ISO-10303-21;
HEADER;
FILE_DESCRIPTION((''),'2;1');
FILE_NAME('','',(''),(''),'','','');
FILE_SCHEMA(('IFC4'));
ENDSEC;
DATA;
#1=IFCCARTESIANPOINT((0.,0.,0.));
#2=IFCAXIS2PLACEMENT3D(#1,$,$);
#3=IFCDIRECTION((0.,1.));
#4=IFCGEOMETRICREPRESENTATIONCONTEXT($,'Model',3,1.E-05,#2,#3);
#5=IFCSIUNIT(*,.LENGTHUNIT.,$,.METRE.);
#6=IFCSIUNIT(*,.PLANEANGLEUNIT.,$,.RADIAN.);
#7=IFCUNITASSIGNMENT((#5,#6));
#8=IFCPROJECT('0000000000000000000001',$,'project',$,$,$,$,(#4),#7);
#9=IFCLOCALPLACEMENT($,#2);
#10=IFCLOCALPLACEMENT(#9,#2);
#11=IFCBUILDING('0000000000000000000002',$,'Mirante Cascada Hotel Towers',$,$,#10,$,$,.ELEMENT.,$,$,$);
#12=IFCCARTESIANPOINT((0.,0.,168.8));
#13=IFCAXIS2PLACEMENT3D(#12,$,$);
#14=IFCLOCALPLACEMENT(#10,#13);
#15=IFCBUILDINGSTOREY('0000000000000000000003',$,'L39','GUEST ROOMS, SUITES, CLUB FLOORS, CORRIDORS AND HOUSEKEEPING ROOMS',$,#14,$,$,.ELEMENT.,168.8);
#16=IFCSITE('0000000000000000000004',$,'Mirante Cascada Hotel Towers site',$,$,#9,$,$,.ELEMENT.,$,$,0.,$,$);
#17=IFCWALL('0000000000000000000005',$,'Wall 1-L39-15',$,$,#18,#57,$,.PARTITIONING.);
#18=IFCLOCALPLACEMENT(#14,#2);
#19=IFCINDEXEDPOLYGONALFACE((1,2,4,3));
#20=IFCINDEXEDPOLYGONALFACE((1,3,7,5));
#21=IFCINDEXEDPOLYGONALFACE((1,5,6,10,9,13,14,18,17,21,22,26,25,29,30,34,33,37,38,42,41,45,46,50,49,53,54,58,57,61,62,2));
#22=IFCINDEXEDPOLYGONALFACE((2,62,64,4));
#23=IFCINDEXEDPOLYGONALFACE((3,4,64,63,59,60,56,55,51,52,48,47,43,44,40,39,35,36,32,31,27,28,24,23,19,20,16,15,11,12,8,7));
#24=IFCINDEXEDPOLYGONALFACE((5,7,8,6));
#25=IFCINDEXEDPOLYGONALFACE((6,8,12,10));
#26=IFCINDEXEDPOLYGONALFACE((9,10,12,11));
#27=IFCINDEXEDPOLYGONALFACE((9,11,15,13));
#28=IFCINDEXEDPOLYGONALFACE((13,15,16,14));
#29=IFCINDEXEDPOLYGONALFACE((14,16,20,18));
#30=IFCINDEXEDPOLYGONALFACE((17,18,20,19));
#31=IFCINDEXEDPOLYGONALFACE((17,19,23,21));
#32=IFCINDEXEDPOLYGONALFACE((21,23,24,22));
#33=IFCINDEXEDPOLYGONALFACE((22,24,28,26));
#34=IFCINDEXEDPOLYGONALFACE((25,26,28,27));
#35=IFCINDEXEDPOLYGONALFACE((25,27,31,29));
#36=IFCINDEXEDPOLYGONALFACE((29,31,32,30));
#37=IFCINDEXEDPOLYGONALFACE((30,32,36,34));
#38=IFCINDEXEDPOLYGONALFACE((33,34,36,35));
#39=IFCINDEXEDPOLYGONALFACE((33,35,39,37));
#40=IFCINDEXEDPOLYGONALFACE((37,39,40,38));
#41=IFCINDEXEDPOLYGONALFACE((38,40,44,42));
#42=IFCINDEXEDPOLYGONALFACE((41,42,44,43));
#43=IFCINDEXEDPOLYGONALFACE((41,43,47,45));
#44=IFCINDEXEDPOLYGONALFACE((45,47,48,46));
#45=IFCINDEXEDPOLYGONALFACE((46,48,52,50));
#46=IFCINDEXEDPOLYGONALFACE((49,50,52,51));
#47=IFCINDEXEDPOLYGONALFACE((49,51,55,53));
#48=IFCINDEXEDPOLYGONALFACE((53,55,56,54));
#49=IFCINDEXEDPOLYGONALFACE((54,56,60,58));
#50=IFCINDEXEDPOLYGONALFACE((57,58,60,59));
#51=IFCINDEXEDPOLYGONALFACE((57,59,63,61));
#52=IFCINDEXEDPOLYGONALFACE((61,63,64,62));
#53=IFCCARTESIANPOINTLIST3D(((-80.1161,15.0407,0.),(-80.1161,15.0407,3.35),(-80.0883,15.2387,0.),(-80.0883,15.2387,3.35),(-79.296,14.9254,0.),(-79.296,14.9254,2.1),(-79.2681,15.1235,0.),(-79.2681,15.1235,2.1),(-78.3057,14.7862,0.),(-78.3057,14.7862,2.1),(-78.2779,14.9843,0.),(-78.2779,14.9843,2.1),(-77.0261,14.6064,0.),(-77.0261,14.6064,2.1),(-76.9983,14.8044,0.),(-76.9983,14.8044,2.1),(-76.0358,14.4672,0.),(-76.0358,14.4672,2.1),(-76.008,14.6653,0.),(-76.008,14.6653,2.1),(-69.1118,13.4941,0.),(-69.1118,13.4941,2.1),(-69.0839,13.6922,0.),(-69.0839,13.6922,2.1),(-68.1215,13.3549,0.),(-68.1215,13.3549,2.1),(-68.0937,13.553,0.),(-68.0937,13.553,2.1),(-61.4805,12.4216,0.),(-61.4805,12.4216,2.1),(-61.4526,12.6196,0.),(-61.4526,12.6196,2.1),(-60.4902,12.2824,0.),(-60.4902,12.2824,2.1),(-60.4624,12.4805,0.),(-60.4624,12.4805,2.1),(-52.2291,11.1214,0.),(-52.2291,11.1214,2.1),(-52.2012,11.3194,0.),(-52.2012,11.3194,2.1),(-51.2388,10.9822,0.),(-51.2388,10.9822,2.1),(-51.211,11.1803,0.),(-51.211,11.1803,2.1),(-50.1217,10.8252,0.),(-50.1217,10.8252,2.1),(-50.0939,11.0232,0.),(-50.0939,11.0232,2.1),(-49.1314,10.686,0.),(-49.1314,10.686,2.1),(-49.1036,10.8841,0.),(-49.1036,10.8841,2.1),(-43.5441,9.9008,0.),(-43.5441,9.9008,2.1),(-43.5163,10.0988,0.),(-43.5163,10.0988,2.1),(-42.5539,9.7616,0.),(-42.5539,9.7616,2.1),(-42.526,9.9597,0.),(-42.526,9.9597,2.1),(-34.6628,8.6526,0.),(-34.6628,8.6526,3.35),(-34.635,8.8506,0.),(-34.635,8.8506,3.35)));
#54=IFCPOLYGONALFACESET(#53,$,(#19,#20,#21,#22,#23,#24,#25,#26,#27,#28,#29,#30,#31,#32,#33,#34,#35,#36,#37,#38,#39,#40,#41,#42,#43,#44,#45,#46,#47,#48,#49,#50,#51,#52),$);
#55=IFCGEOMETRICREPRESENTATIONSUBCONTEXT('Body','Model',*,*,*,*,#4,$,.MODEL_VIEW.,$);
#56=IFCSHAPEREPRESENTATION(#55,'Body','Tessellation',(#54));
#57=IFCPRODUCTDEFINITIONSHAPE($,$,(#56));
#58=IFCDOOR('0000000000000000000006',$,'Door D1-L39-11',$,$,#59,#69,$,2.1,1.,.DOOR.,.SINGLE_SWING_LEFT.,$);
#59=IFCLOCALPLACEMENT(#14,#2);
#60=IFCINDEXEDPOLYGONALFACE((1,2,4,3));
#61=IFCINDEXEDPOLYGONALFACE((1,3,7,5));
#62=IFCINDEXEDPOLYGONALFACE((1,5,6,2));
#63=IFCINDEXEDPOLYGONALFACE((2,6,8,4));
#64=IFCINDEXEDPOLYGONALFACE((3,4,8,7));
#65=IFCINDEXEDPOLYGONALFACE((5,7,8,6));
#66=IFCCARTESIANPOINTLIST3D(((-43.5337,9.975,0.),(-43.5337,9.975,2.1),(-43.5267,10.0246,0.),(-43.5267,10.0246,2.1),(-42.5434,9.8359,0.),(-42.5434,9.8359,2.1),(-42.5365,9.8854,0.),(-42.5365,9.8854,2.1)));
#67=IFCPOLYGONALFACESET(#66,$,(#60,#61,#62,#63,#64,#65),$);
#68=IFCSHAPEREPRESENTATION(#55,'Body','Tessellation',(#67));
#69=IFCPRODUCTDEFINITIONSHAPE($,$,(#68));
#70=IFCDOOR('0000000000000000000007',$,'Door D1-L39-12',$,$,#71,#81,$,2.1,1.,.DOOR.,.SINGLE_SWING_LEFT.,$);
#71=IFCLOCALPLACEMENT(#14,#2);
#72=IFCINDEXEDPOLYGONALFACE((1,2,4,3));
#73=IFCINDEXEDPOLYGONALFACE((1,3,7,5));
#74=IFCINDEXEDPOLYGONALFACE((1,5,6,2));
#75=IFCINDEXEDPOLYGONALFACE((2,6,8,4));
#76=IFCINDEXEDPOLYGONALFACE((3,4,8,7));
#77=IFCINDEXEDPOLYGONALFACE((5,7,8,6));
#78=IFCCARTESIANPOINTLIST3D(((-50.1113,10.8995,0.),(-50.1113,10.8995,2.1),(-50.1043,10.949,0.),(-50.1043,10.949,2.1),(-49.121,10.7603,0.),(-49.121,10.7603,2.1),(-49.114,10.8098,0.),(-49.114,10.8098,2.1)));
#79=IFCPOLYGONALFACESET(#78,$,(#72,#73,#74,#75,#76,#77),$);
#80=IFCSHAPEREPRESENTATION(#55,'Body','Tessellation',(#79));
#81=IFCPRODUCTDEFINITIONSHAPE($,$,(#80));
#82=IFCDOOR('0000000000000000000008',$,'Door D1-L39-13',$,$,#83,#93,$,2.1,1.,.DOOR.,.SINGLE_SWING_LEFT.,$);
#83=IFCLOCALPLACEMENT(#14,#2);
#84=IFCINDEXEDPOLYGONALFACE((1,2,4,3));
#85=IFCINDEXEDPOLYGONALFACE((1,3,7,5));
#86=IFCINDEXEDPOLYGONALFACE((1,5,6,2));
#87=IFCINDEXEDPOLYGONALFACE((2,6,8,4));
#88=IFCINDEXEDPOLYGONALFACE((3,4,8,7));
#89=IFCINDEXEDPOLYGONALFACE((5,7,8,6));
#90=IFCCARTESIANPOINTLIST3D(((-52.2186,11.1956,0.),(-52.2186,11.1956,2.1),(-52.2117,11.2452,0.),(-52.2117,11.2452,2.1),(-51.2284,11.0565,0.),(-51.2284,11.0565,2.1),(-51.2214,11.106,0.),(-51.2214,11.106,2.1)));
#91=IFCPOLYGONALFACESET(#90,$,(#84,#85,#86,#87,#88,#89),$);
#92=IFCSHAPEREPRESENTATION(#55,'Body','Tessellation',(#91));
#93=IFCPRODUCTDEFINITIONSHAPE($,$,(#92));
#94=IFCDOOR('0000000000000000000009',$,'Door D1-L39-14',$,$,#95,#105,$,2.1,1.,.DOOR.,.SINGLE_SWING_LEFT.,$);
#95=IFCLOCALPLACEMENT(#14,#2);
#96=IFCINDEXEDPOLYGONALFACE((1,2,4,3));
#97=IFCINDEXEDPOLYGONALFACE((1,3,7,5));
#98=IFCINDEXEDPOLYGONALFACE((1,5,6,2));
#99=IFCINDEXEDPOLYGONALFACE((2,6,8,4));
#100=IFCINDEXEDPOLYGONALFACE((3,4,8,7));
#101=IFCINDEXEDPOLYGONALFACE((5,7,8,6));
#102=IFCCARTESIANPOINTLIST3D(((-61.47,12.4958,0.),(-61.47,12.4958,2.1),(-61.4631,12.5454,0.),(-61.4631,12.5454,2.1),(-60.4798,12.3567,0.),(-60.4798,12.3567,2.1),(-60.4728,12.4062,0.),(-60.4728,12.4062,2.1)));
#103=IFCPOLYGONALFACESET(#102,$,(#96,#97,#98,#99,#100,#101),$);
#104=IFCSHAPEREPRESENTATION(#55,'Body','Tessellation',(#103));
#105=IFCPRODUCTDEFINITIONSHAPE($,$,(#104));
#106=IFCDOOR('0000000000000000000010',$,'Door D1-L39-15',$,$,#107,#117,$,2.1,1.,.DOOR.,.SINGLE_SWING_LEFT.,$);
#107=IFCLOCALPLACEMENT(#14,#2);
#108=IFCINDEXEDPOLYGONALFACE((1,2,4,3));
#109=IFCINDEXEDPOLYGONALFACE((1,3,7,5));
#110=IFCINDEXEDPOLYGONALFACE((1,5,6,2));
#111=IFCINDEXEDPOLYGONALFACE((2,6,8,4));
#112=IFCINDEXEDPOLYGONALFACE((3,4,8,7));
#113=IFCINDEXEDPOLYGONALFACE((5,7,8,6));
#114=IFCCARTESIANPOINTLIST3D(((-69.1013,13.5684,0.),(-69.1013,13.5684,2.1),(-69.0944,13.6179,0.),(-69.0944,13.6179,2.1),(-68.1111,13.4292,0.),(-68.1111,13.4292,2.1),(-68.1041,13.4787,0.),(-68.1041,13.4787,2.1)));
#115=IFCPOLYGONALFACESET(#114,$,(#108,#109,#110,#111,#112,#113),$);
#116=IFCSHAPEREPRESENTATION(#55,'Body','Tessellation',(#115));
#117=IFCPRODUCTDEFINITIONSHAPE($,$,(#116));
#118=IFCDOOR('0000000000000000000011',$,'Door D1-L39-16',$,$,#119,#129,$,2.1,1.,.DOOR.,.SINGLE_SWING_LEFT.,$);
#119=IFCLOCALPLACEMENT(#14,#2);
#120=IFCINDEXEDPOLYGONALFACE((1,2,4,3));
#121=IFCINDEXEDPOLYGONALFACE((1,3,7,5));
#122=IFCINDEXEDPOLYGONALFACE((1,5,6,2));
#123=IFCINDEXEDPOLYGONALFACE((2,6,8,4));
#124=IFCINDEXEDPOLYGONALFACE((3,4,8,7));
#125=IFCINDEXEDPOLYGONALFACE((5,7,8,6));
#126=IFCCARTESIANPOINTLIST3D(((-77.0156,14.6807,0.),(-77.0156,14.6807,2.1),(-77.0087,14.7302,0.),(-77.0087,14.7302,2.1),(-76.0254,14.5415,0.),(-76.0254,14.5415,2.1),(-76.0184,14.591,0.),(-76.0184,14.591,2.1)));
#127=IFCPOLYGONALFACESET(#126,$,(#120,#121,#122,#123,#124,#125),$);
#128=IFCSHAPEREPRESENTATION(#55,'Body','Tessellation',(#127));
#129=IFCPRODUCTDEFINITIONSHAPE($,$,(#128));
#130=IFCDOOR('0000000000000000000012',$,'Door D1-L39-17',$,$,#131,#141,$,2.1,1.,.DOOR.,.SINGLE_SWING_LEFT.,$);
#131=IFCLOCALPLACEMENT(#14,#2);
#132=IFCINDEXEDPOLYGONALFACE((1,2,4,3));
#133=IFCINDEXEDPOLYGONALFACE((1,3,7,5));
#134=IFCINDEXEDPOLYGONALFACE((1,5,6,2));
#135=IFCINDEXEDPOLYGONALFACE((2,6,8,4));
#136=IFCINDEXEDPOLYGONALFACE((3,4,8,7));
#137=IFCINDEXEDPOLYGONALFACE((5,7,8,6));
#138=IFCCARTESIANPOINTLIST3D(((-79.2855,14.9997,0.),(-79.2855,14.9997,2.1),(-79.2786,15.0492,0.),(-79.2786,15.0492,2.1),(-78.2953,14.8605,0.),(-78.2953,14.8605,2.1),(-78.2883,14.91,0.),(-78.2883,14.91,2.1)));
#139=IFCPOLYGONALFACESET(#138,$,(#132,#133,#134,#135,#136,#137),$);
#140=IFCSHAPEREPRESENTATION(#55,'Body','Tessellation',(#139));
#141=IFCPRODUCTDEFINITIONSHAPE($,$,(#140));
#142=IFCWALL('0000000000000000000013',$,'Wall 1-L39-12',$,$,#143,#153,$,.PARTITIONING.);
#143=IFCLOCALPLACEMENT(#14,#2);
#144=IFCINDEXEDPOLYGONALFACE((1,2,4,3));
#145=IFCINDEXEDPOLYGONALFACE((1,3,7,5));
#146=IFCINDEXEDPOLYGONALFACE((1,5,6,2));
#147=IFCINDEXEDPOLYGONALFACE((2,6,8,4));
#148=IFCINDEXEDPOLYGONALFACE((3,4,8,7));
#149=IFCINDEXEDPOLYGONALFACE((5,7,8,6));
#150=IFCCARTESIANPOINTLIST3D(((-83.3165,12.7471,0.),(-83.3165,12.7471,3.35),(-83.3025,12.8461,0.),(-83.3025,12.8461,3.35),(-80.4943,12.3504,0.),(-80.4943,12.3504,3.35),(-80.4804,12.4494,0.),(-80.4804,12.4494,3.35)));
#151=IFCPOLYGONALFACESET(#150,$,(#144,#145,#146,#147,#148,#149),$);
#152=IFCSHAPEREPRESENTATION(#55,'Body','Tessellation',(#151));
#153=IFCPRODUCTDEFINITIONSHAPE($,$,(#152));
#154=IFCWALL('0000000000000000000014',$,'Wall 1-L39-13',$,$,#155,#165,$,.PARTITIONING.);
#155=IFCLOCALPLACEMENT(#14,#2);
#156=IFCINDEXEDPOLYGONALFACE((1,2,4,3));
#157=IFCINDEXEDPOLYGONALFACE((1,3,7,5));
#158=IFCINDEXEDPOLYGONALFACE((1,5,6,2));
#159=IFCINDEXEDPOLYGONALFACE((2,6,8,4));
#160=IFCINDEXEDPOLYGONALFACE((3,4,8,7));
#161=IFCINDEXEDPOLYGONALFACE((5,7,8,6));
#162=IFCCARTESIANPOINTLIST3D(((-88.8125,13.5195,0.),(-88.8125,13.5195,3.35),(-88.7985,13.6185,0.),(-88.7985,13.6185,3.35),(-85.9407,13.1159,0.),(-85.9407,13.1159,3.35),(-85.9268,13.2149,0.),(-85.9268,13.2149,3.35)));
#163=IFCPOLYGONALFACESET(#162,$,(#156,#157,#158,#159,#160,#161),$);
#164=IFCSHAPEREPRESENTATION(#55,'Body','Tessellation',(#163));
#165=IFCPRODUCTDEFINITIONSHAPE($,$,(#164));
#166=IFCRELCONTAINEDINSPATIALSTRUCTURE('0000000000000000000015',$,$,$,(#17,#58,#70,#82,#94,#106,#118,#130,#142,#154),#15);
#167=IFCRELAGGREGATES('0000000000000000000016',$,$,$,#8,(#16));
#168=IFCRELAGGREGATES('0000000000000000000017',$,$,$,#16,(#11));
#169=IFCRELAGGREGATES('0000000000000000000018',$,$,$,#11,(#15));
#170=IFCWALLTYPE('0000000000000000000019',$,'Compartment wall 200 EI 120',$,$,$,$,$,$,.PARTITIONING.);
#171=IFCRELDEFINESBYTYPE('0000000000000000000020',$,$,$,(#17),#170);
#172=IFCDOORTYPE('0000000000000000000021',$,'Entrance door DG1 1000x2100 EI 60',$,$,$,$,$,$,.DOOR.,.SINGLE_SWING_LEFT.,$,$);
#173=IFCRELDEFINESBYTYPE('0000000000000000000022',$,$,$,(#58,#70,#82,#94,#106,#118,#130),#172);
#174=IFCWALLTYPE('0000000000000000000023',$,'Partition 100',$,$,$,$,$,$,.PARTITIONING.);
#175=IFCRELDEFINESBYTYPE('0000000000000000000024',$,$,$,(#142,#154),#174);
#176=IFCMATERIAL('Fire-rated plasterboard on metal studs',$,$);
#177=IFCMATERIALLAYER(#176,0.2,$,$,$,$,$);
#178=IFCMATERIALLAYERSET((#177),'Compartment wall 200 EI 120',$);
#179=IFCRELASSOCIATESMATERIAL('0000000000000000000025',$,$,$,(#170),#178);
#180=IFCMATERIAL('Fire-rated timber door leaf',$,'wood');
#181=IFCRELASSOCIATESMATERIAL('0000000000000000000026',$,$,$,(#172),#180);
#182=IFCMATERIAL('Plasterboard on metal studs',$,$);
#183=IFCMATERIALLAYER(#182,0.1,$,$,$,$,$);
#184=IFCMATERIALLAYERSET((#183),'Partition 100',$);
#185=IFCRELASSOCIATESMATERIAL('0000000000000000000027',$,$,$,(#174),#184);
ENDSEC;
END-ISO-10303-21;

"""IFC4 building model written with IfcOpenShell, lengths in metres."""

from ifc_helpers import new_model, si_unit, direction, frame, frame_2d, origin, place, context, subcontext, project, spatial, rectangle, extrude, material, layer, layer_set, type_object, element, fill, save


model = new_model("IFC4")

# Units and contexts
model_context = context("Model", 3, precision=1e-05, world=origin(), true_north=direction((0.0, 1.0)))
body_context = subcontext(model_context, "Body", "Model", "MODEL_VIEW")
ifc_project = project(units=[si_unit("LENGTHUNIT", "METRE"), si_unit("PLANEANGLEUNIT", "RADIAN")], contexts=[model_context])

# Site, building, storey
site_placement = place(None, origin())
site = spatial("IfcSite", under=ifc_project, at=site_placement, Name="Mirante Cascada Hotel Towers site", CompositionType="ELEMENT", RefElevation=0.0)
building_placement = place(site_placement, origin())
building = spatial("IfcBuilding", under=site, at=building_placement, Name="Mirante Cascada Hotel Towers", CompositionType="ELEMENT")
storey_placement = place(building_placement, frame((0.0, 0.0, 168.8)))
storey = spatial("IfcBuildingStorey", under=building, at=storey_placement, Name="L39", Description="GUEST ROOMS, SUITES, CLUB FLOORS, CORRIDORS AND HOUSEKEEPING ROOMS", CompositionType="ELEMENT", Elevation=168.8)

# Shared definitions
ifc_material_1 = material(Name="Fire-rated plasterboard on metal studs")
ifc_layer_1 = layer(ifc_material_1, 0.2)
ifc_layer_set_1 = layer_set([ifc_layer_1], Name="Compartment wall 200 EI 120")
wall_type_1 = type_object("IfcWallType", Name="Compartment wall 200 EI 120", PredefinedType="PARTITIONING", material=ifc_layer_set_1)

# Wall, openings, doors
wall_1_placement = place(storey_placement, frame((-80.1022, 15.1397, 0.0), z_axis=(0.0, 0.0, 1.0), x_axis=(0.990268, -0.139174, 0.0)))
wall_1 = element("IfcWall", 1, at=wall_1_placement, inside=storey, type_object=wall_type_1, Name="Wall 1-L39-15", PredefinedType="PARTITIONING", context=body_context, shape_type="SweptSolid", body=[
    extrude(rectangle(XDim=45.9, YDim=0.2, at=frame_2d((22.95, 0.0))), origin(), (0.0, 0.0, 1.0), 3.35),
])
opening_1_placement = place(wall_1_placement, frame((36.9314, 0.0, 0.0)))
opening_1 = element("IfcOpeningElement", 2, at=opening_1_placement, cuts=wall_1, PredefinedType="OPENING", context=body_context, shape_type="SweptSolid", body=[
    extrude(rectangle(XDim=1.0, YDim=2.1, at=frame_2d((0.5, 1.05))), frame((0.0, 0.1, 0.0), z_axis=(0.0, -1.0, 0.0), x_axis=(1.0, 0.0, 0.0)), (0.0, 0.0, 1.0), 0.2),
])
opening_2_placement = place(wall_1_placement, frame((30.2892, 0.0, 0.0)))
opening_2 = element("IfcOpeningElement", 3, at=opening_2_placement, cuts=wall_1, PredefinedType="OPENING", context=body_context, shape_type="SweptSolid", body=[
    extrude(rectangle(XDim=1.0, YDim=2.1, at=frame_2d((0.5, 1.05))), frame((0.0, 0.1, 0.0), z_axis=(0.0, -1.0, 0.0), x_axis=(1.0, 0.0, 0.0)), (0.0, 0.0, 1.0), 0.2),
])
opening_3_placement = place(wall_1_placement, frame((28.1611, 0.0, 0.0)))
opening_3 = element("IfcOpeningElement", 4, at=opening_3_placement, cuts=wall_1, PredefinedType="OPENING", context=body_context, shape_type="SweptSolid", body=[
    extrude(rectangle(XDim=1.0, YDim=2.1, at=frame_2d((0.5, 1.05))), frame((0.0, 0.1, 0.0), z_axis=(0.0, -1.0, 0.0), x_axis=(1.0, 0.0, 0.0)), (0.0, 0.0, 1.0), 0.2),
])
opening_4_placement = place(wall_1_placement, frame((18.8188, 0.0, 0.0)))
opening_4 = element("IfcOpeningElement", 5, at=opening_4_placement, cuts=wall_1, PredefinedType="OPENING", context=body_context, shape_type="SweptSolid", body=[
    extrude(rectangle(XDim=1.0, YDim=2.1, at=frame_2d((0.5, 1.05))), frame((0.0, 0.1, 0.0), z_axis=(0.0, -1.0, 0.0), x_axis=(1.0, 0.0, 0.0)), (0.0, 0.0, 1.0), 0.2),
])
opening_5_placement = place(wall_1_placement, frame((11.1125, 0.0, 0.0)))
opening_5 = element("IfcOpeningElement", 6, at=opening_5_placement, cuts=wall_1, PredefinedType="OPENING", context=body_context, shape_type="SweptSolid", body=[
    extrude(rectangle(XDim=1.0, YDim=2.1, at=frame_2d((0.5, 1.05))), frame((0.0, 0.1, 0.0), z_axis=(0.0, -1.0, 0.0), x_axis=(1.0, 0.0, 0.0)), (0.0, 0.0, 1.0), 0.2),
])
opening_6_placement = place(wall_1_placement, frame((3.1204, 0.0, 0.0)))
opening_6 = element("IfcOpeningElement", 7, at=opening_6_placement, cuts=wall_1, PredefinedType="OPENING", context=body_context, shape_type="SweptSolid", body=[
    extrude(rectangle(XDim=1.0, YDim=2.1, at=frame_2d((0.5, 1.05))), frame((0.0, 0.1, 0.0), z_axis=(0.0, -1.0, 0.0), x_axis=(1.0, 0.0, 0.0)), (0.0, 0.0, 1.0), 0.2),
])
opening_7_placement = place(wall_1_placement, frame((0.8282, 0.0, 0.0)))
opening_7 = element("IfcOpeningElement", 8, at=opening_7_placement, cuts=wall_1, PredefinedType="OPENING", context=body_context, shape_type="SweptSolid", body=[
    extrude(rectangle(XDim=1.0, YDim=2.1, at=frame_2d((0.5, 1.05))), frame((0.0, 0.1, 0.0), z_axis=(0.0, -1.0, 0.0), x_axis=(1.0, 0.0, 0.0)), (0.0, 0.0, 1.0), 0.2),
])
ifc_material_2 = material(Name="Fire-rated timber door leaf", Category="wood")
door_type_1 = type_object("IfcDoorType", Name="Entrance door DG1 1000x2100 EI 60", OperationType="SINGLE_SWING_LEFT", PredefinedType="DOOR", material=ifc_material_2)
door_1_placement = place(opening_1_placement, origin())
door_1 = element("IfcDoor", 9, at=door_1_placement, inside=storey, type_object=door_type_1, Name="Door D1-L39-11", OperationType="SINGLE_SWING_LEFT", OverallHeight=2.1, OverallWidth=1.0, PredefinedType="DOOR", context=body_context, shape_type="SweptSolid", body=[
    extrude(rectangle(XDim=1.0, YDim=2.1, at=frame_2d((0.5, 1.05))), frame((0.0, 0.025, 0.0), z_axis=(0.0, -1.0, 0.0), x_axis=(1.0, 0.0, 0.0)), (0.0, 0.0, 1.0), 0.05),
])
fill(opening_1, door_1)
door_2_placement = place(opening_2_placement, origin())
door_2 = element("IfcDoor", 10, at=door_2_placement, inside=storey, type_object=door_type_1, Name="Door D1-L39-12", OperationType="SINGLE_SWING_LEFT", OverallHeight=2.1, OverallWidth=1.0, PredefinedType="DOOR", context=body_context, shape_type="SweptSolid", body=[
    extrude(rectangle(XDim=1.0, YDim=2.1, at=frame_2d((0.5, 1.05))), frame((0.0, 0.025, 0.0), z_axis=(0.0, -1.0, 0.0), x_axis=(1.0, 0.0, 0.0)), (0.0, 0.0, 1.0), 0.05),
])
fill(opening_2, door_2)
door_3_placement = place(opening_3_placement, origin())
door_3 = element("IfcDoor", 11, at=door_3_placement, inside=storey, type_object=door_type_1, Name="Door D1-L39-13", OperationType="SINGLE_SWING_LEFT", OverallHeight=2.1, OverallWidth=1.0, PredefinedType="DOOR", context=body_context, shape_type="SweptSolid", body=[
    extrude(rectangle(XDim=1.0, YDim=2.1, at=frame_2d((0.5, 1.05))), frame((0.0, 0.025, 0.0), z_axis=(0.0, -1.0, 0.0), x_axis=(1.0, 0.0, 0.0)), (0.0, 0.0, 1.0), 0.05),
])
fill(opening_3, door_3)
door_4_placement = place(opening_4_placement, origin())
door_4 = element("IfcDoor", 12, at=door_4_placement, inside=storey, type_object=door_type_1, Name="Door D1-L39-14", OperationType="SINGLE_SWING_LEFT", OverallHeight=2.1, OverallWidth=1.0, PredefinedType="DOOR", context=body_context, shape_type="SweptSolid", body=[
    extrude(rectangle(XDim=1.0, YDim=2.1, at=frame_2d((0.5, 1.05))), frame((0.0, 0.025, 0.0), z_axis=(0.0, -1.0, 0.0), x_axis=(1.0, 0.0, 0.0)), (0.0, 0.0, 1.0), 0.05),
])
fill(opening_4, door_4)
door_5_placement = place(opening_5_placement, origin())
door_5 = element("IfcDoor", 13, at=door_5_placement, inside=storey, type_object=door_type_1, Name="Door D1-L39-15", OperationType="SINGLE_SWING_LEFT", OverallHeight=2.1, OverallWidth=1.0, PredefinedType="DOOR", context=body_context, shape_type="SweptSolid", body=[
    extrude(rectangle(XDim=1.0, YDim=2.1, at=frame_2d((0.5, 1.05))), frame((0.0, 0.025, 0.0), z_axis=(0.0, -1.0, 0.0), x_axis=(1.0, 0.0, 0.0)), (0.0, 0.0, 1.0), 0.05),
])
fill(opening_5, door_5)
door_6_placement = place(opening_6_placement, origin())
door_6 = element("IfcDoor", 14, at=door_6_placement, inside=storey, type_object=door_type_1, Name="Door D1-L39-16", OperationType="SINGLE_SWING_LEFT", OverallHeight=2.1, OverallWidth=1.0, PredefinedType="DOOR", context=body_context, shape_type="SweptSolid", body=[
    extrude(rectangle(XDim=1.0, YDim=2.1, at=frame_2d((0.5, 1.05))), frame((0.0, 0.025, 0.0), z_axis=(0.0, -1.0, 0.0), x_axis=(1.0, 0.0, 0.0)), (0.0, 0.0, 1.0), 0.05),
])
fill(opening_6, door_6)
door_7_placement = place(opening_7_placement, origin())
door_7 = element("IfcDoor", 15, at=door_7_placement, inside=storey, type_object=door_type_1, Name="Door D1-L39-17", OperationType="SINGLE_SWING_LEFT", OverallHeight=2.1, OverallWidth=1.0, PredefinedType="DOOR", context=body_context, shape_type="SweptSolid", body=[
    extrude(rectangle(XDim=1.0, YDim=2.1, at=frame_2d((0.5, 1.05))), frame((0.0, 0.025, 0.0), z_axis=(0.0, -1.0, 0.0), x_axis=(1.0, 0.0, 0.0)), (0.0, 0.0, 1.0), 0.05),
])
fill(opening_7, door_7)

# Walls
ifc_material_3 = material(Name="Plasterboard on metal studs")
ifc_layer_2 = layer(ifc_material_3, 0.1)
ifc_layer_set_2 = layer_set([ifc_layer_2], Name="Partition 100")
wall_type_2 = type_object("IfcWallType", Name="Partition 100", PredefinedType="PARTITIONING", material=ifc_layer_set_2)
wall_2_placement = place(storey_placement, frame((-80.4873, 12.3999, 0.0), z_axis=(0.0, 0.0, 1.0), x_axis=(-0.990265, 0.139196, 0.0)))
element("IfcWall", 16, at=wall_2_placement, inside=storey, type_object=wall_type_2, Name="Wall 1-L39-12", PredefinedType="PARTITIONING", context=body_context, shape_type="SweptSolid", body=[
    extrude(rectangle(XDim=2.8499, YDim=0.1, at=frame_2d((1.425, 0.0))), origin(), (0.0, 0.0, 1.0), 3.35),
])
wall_3_placement = place(storey_placement, frame((-88.8055, 13.569, 0.0), z_axis=(0.0, 0.0, 1.0), x_axis=(0.990268, -0.139171, 0.0)))
element("IfcWall", 17, at=wall_3_placement, inside=storey, type_object=wall_type_2, Name="Wall 1-L39-13", PredefinedType="PARTITIONING", context=body_context, shape_type="SweptSolid", body=[
    extrude(rectangle(XDim=2.9, YDim=0.1, at=frame_2d((1.45, 0.0))), origin(), (0.0, 0.0, 1.0), 3.35),
])

save(model, "model.ifc")
